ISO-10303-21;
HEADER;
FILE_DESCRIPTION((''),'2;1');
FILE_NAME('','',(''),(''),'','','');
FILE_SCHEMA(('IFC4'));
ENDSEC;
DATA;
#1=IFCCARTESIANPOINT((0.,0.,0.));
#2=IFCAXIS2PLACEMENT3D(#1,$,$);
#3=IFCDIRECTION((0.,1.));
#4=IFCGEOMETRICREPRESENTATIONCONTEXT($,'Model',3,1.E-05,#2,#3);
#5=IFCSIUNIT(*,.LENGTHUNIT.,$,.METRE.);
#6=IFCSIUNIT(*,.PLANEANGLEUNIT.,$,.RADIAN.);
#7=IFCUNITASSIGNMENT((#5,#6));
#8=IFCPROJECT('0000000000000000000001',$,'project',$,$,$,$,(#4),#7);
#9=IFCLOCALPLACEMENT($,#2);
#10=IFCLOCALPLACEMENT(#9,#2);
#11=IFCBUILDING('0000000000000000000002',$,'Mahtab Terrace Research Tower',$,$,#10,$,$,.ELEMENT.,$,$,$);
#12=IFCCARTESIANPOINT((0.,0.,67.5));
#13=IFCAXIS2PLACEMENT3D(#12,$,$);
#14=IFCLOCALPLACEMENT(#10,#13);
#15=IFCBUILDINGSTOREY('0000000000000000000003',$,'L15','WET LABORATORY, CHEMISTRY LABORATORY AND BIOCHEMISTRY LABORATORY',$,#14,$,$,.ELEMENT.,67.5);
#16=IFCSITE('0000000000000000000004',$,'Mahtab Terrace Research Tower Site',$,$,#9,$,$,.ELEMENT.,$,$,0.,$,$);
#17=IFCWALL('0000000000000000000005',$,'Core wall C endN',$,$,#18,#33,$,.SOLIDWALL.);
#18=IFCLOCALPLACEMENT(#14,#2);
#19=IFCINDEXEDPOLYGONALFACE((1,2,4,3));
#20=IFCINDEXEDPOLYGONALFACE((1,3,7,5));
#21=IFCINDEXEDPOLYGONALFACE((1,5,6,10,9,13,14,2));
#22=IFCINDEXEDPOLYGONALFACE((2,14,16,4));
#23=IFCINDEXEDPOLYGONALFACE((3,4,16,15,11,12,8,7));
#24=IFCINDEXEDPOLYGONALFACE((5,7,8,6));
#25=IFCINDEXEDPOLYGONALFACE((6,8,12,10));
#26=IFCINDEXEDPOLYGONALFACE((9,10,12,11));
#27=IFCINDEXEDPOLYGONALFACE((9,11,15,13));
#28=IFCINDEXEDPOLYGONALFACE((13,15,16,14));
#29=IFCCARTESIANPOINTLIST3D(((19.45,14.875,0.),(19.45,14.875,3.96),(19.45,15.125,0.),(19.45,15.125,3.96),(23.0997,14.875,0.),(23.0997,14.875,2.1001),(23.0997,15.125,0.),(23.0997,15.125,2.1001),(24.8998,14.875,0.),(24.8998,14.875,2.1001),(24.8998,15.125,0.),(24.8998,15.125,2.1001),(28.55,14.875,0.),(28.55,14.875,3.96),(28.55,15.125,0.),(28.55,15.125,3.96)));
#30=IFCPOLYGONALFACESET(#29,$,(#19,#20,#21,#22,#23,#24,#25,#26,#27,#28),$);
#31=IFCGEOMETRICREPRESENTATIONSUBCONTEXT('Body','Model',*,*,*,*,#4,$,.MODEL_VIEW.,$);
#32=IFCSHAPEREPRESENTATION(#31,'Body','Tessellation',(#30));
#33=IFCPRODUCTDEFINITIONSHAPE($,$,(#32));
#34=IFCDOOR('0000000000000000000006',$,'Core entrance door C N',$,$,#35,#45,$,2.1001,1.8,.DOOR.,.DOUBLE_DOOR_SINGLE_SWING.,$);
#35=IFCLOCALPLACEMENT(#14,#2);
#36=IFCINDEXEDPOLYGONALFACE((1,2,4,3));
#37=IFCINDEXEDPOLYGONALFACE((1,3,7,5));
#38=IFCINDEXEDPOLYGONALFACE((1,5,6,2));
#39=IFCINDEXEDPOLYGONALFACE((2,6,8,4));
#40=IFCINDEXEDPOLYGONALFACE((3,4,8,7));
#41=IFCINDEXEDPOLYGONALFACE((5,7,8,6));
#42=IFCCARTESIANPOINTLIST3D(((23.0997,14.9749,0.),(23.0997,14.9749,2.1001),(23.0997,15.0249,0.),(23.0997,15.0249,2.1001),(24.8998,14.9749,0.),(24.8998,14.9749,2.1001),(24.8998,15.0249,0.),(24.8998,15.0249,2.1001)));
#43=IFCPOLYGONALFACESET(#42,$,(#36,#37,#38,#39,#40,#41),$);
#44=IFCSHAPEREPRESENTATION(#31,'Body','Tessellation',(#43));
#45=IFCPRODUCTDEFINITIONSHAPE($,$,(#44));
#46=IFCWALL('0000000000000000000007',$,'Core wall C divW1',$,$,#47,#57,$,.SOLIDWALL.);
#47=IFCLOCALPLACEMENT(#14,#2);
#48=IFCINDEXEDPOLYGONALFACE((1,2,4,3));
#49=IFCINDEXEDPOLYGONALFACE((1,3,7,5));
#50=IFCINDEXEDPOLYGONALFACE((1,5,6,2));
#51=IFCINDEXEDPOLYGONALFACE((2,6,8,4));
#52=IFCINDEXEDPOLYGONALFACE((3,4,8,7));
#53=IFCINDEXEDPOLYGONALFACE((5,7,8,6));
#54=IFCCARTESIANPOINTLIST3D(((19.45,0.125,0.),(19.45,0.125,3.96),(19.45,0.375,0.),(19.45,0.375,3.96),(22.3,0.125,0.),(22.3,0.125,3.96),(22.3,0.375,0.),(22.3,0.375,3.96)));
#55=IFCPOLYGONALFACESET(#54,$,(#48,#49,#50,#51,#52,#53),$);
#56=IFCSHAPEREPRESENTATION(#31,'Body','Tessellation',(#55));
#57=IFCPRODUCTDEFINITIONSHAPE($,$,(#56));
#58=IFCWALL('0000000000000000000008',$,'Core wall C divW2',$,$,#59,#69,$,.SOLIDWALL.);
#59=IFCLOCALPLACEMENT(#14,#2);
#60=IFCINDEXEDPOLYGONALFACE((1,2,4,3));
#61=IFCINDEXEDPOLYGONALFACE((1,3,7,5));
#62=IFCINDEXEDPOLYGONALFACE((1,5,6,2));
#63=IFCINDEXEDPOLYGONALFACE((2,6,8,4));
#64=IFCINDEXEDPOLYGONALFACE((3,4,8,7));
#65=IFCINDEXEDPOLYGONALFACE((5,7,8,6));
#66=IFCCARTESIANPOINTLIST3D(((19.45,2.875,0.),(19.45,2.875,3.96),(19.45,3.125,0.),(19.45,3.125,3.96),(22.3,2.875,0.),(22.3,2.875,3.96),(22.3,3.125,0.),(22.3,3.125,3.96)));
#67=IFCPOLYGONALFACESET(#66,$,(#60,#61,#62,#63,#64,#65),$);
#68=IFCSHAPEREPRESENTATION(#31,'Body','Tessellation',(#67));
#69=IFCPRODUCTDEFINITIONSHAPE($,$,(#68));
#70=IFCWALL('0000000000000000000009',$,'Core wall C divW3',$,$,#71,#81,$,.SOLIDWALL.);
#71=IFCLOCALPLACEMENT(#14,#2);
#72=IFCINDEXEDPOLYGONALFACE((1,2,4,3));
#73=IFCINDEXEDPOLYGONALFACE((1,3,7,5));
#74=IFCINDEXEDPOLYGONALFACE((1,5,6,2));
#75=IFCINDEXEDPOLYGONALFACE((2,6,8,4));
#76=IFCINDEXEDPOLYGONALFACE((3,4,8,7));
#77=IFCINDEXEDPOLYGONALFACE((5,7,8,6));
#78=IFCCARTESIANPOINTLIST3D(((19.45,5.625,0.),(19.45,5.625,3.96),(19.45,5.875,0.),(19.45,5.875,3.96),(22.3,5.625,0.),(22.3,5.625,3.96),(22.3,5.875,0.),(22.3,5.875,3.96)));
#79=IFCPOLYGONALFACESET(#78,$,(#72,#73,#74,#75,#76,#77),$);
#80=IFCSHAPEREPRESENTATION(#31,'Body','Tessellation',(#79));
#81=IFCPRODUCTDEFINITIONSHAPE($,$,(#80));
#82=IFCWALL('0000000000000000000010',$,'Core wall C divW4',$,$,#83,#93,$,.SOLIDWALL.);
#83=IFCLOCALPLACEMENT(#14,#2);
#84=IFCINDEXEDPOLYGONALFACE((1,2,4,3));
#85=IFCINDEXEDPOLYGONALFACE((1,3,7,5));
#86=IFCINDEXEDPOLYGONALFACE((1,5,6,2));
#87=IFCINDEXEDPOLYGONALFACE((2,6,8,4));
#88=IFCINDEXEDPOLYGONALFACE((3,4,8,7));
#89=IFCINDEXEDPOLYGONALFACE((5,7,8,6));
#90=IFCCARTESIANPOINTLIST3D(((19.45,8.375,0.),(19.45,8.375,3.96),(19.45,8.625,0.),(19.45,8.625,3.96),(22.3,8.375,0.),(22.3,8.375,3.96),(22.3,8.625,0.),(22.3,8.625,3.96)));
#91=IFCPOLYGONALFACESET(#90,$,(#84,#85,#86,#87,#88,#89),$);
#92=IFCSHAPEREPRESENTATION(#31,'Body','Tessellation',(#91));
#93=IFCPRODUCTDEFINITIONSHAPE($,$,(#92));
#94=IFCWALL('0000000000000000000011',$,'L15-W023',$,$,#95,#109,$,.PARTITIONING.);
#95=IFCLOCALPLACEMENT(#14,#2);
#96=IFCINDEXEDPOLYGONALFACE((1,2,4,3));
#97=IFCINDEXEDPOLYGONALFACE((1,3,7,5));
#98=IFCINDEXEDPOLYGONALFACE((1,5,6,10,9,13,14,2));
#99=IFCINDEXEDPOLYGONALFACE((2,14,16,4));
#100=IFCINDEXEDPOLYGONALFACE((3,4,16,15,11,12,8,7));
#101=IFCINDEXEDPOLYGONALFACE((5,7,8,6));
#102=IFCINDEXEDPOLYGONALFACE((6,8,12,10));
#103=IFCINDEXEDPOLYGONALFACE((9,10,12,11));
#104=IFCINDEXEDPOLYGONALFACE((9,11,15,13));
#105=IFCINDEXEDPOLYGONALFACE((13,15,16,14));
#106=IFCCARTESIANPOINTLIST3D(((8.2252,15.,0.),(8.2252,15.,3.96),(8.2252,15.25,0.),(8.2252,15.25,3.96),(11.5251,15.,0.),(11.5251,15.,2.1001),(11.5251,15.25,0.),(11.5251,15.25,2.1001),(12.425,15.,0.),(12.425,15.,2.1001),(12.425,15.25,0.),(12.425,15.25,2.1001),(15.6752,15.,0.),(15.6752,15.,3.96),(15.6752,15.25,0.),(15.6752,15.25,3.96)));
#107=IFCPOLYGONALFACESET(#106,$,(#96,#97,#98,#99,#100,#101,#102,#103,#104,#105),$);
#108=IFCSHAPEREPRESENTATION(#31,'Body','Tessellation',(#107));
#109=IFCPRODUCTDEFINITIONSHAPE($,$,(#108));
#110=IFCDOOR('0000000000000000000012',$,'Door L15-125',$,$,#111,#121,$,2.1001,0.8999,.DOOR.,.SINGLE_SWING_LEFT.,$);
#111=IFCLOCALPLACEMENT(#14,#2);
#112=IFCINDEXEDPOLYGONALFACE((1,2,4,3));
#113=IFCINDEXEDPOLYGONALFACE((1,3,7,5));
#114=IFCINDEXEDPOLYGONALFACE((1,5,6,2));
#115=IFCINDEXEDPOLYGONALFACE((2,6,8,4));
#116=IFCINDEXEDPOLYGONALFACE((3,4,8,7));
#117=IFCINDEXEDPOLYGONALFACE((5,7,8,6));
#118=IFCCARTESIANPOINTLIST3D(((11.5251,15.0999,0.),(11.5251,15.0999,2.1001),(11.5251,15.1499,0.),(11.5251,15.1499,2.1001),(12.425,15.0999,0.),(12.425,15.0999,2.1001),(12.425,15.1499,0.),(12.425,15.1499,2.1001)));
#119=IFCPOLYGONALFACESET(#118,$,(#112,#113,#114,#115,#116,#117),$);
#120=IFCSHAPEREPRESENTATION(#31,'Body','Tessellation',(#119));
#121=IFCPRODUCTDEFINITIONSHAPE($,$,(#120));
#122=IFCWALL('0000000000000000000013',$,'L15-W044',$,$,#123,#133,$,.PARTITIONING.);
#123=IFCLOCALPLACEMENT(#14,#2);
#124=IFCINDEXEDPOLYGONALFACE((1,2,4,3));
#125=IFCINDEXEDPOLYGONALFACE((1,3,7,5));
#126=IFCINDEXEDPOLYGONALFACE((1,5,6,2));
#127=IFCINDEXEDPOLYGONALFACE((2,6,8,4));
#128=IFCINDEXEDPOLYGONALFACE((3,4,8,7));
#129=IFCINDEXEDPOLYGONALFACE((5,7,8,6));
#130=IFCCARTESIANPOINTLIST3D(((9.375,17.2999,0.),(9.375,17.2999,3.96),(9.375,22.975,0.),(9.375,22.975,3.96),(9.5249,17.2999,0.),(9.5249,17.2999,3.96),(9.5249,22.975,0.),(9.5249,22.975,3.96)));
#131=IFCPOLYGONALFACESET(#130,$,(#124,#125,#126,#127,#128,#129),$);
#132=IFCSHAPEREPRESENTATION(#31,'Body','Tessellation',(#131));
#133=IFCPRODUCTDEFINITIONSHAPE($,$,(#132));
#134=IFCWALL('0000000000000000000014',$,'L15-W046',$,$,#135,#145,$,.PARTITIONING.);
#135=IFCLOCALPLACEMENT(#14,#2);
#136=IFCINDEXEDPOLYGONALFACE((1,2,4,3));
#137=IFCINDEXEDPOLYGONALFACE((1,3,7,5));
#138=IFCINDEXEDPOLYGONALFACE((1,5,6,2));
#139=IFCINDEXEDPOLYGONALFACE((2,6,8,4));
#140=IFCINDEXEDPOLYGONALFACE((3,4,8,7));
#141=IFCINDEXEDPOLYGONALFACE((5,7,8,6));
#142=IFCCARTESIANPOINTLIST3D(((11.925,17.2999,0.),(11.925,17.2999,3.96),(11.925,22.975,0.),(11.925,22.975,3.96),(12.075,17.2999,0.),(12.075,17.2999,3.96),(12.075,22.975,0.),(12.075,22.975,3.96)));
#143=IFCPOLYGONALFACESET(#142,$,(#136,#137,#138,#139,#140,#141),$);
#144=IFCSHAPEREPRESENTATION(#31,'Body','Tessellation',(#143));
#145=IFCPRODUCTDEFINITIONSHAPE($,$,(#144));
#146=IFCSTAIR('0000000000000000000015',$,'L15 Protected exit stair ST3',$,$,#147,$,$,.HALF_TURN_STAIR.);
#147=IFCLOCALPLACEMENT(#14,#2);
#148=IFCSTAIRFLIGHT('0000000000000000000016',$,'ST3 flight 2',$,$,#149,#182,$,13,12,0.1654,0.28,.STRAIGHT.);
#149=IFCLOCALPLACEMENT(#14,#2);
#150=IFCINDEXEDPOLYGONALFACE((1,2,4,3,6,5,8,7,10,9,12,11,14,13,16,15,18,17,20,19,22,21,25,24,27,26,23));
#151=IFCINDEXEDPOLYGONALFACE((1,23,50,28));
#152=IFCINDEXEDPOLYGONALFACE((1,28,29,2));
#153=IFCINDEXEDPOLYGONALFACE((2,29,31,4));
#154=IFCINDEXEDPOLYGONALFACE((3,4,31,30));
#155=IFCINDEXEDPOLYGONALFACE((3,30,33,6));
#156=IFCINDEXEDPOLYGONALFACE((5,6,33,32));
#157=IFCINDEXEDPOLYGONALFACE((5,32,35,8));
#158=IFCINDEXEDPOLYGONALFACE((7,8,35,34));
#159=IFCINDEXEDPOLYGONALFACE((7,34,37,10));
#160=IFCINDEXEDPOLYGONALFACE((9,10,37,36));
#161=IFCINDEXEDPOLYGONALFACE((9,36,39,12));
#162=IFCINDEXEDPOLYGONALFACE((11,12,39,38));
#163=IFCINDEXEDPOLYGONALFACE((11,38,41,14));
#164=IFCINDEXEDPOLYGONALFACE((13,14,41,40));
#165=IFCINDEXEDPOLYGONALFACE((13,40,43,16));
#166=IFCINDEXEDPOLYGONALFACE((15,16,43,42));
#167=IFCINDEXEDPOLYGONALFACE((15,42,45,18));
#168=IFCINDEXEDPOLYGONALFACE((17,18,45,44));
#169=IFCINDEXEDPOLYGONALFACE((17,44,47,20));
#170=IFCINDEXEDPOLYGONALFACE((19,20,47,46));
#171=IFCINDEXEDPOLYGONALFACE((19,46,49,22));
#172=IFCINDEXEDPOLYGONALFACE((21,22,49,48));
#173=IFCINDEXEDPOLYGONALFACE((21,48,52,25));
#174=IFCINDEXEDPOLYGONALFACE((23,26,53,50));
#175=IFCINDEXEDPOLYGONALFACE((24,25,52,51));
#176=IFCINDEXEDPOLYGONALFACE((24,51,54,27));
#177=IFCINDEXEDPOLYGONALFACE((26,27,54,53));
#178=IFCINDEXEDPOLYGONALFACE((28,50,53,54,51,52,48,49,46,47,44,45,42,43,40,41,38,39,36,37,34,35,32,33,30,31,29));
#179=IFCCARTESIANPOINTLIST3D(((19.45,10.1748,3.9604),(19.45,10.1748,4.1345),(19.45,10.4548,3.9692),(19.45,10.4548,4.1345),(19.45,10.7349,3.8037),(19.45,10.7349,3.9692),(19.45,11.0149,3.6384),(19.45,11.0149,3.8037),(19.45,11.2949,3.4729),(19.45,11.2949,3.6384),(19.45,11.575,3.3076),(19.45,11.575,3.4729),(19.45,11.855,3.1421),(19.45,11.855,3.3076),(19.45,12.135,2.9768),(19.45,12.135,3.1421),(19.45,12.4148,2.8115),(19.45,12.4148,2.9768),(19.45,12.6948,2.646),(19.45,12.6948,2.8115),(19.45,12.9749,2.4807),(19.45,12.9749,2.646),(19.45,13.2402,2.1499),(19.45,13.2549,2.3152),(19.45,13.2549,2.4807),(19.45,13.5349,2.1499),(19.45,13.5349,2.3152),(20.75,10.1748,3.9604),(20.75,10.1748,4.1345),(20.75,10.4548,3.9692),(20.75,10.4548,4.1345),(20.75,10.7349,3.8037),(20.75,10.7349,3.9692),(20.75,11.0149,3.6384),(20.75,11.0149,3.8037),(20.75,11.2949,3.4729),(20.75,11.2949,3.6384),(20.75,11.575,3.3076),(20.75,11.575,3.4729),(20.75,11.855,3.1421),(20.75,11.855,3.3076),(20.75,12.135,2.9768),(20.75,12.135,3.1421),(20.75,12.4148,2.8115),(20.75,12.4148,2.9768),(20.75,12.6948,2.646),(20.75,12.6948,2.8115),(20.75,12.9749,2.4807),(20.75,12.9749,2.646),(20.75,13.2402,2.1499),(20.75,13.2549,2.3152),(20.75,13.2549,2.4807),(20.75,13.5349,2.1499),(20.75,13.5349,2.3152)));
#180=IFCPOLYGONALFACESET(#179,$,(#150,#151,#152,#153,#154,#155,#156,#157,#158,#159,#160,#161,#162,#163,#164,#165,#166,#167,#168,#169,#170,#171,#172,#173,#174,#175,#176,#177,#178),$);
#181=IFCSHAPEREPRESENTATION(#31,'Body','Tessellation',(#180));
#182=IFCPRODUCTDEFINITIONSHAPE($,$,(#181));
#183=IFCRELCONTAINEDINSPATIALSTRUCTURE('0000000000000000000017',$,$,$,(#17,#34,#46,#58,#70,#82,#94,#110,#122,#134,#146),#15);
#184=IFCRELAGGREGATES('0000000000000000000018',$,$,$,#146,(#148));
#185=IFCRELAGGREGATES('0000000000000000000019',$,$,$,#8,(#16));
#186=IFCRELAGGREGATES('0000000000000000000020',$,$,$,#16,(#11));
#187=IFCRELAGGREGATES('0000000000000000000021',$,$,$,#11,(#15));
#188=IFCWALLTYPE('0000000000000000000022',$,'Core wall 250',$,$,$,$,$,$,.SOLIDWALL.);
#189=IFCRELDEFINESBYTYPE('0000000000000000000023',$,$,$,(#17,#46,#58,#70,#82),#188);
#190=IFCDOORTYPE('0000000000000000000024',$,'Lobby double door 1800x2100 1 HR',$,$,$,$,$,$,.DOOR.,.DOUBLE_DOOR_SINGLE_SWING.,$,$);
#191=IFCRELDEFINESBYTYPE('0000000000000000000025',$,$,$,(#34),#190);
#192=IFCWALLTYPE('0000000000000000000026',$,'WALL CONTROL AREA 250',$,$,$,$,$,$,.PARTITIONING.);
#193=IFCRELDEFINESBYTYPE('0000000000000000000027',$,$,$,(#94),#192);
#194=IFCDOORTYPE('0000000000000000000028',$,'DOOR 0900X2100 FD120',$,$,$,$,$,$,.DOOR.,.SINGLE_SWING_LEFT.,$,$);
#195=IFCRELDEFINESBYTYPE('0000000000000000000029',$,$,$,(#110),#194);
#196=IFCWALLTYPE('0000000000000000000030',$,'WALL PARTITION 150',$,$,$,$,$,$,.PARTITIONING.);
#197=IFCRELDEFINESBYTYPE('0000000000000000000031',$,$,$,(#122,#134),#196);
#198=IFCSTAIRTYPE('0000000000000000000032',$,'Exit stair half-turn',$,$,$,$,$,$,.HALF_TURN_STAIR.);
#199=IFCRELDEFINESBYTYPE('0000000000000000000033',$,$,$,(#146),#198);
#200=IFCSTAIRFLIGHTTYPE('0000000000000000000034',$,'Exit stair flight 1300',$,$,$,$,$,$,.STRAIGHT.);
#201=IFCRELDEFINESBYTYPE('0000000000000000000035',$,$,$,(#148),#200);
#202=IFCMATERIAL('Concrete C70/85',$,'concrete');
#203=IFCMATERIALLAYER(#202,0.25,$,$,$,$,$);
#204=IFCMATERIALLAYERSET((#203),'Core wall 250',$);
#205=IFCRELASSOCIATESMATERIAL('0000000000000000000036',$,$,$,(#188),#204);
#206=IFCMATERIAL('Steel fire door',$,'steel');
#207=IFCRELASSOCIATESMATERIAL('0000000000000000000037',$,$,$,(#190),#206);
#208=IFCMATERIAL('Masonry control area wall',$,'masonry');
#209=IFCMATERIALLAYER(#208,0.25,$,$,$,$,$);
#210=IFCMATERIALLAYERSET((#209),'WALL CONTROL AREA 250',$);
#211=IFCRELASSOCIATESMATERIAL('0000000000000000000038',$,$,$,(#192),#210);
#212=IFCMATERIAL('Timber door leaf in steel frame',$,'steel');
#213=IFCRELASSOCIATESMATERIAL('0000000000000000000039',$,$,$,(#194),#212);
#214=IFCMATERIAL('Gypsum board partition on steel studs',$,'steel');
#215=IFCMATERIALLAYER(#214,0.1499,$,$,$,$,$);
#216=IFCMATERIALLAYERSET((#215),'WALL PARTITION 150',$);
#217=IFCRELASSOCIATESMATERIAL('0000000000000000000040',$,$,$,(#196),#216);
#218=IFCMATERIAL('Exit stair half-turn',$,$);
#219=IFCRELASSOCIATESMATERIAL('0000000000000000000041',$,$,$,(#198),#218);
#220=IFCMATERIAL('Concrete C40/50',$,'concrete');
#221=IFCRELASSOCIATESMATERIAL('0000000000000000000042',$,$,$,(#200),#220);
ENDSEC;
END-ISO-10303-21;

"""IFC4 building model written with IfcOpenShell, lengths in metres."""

from ifc_helpers import new_model, si_unit, direction, frame, frame_2d, origin, place, context, subcontext, project, spatial, polyline, rectangle, outline, extrude, material, layer, layer_set, type_object, element, fill, aggregate, save


model = new_model("IFC4")

# Units and contexts
model_context = context("Model", 3, precision=1e-05, world=origin(), true_north=direction((0.0, 1.0)))
body_context = subcontext(model_context, "Body", "Model", "MODEL_VIEW")
ifc_project = project(units=[si_unit("LENGTHUNIT", "METRE"), si_unit("PLANEANGLEUNIT", "RADIAN")], contexts=[model_context])

# Site, building, storey
site_placement = place(None, origin())
site = spatial("IfcSite", under=ifc_project, at=site_placement, Name="Mahtab Terrace Research Tower Site", CompositionType="ELEMENT", RefElevation=0.0)
building_placement = place(site_placement, origin())
building = spatial("IfcBuilding", under=site, at=building_placement, Name="Mahtab Terrace Research Tower", CompositionType="ELEMENT")
storey_placement = place(building_placement, frame((0.0, 0.0, 67.5)))
storey = spatial("IfcBuildingStorey", under=building, at=storey_placement, Name="L15", Description="WET LABORATORY, CHEMISTRY LABORATORY AND BIOCHEMISTRY LABORATORY", CompositionType="ELEMENT", Elevation=67.5)

# Shared definitions
ifc_material_1 = material(Name="Concrete C70/85", Category="concrete")

# Shared definitions
ifc_layer_1 = layer(ifc_material_1, 0.25)
ifc_layer_set_1 = layer_set([ifc_layer_1], Name="Core wall 250")
wall_type_1 = type_object("IfcWallType", Name="Core wall 250", PredefinedType="SOLIDWALL", material=ifc_layer_set_1)

# Wall, opening, door
wall_1_placement = place(storey_placement, frame((19.45, 15.0, 0.0), z_axis=(0.0, 0.0, 1.0), x_axis=(1.0, 0.0, 0.0)))
wall_1 = element("IfcWall", 1, at=wall_1_placement, inside=storey, type_object=wall_type_1, Name="Core wall C endN", PredefinedType="SOLIDWALL", context=body_context, shape_type="SweptSolid", body=[
    extrude(rectangle(XDim=9.1001, YDim=0.25, at=frame_2d((4.55, 0.0))), origin(), (0.0, 0.0, 1.0), 3.96),
])
opening_1_placement = place(wall_1_placement, frame((3.6499, 0.0, 0.0)))
opening_1 = element("IfcOpeningElement", 2, at=opening_1_placement, cuts=wall_1, PredefinedType="OPENING", context=body_context, shape_type="SweptSolid", body=[
    extrude(rectangle(XDim=1.8, YDim=2.1001, at=frame_2d((0.8999, 1.05))), frame((0.0, 0.135, 0.0), z_axis=(0.0, -1.0, 0.0), x_axis=(1.0, 0.0, 0.0)), (0.0, 0.0, 1.0), 0.27),
])
ifc_material_2 = material(Name="Steel fire door", Category="steel")
door_type_1 = type_object("IfcDoorType", Name="Lobby double door 1800x2100 1 HR", OperationType="DOUBLE_DOOR_SINGLE_SWING", PredefinedType="DOOR", material=ifc_material_2)
door_1_placement = place(opening_1_placement, origin())
door_1 = element("IfcDoor", 3, at=door_1_placement, inside=storey, type_object=door_type_1, Name="Core entrance door C N", OperationType="DOUBLE_DOOR_SINGLE_SWING", OverallHeight=2.1001, OverallWidth=1.8, PredefinedType="DOOR", context=body_context, shape_type="SweptSolid", body=[
    extrude(rectangle(XDim=1.8, YDim=2.1001, at=frame_2d((0.8999, 1.05))), frame((0.0, 0.0249, 0.0), z_axis=(0.0, -1.0, 0.0), x_axis=(1.0, 0.0, 0.0)), (0.0, 0.0, 1.0), 0.05),
])
fill(opening_1, door_1)

# Walls
for number, where, z_axis, x_axis, name in (
    (4, (19.45, 0.25, 0.0), (0.0, 0.0, 1.0), (1.0, 0.0, 0.0), "Core wall C divW1"),
    (5, (19.45, 3.0, 0.0), (0.0, 0.0, 1.0), (1.0, 0.0, 0.0), "Core wall C divW2"),
    (6, (19.45, 5.75, 0.0), (0.0, 0.0, 1.0), (1.0, 0.0, 0.0), "Core wall C divW3"),
    (7, (19.45, 8.5, 0.0), (0.0, 0.0, 1.0), (1.0, 0.0, 0.0), "Core wall C divW4"),
):
    element("IfcWall", number, at=place(storey_placement, frame(where, z_axis=z_axis, x_axis=x_axis)), inside=storey, type_object=wall_type_1, Name=name, PredefinedType="SOLIDWALL", context=body_context, shape_type="SweptSolid", body=[
        extrude(rectangle(XDim=2.8501, YDim=0.25, at=frame_2d((1.425, 0.0))), origin(), (0.0, 0.0, 1.0), 3.96),
    ])

# Wall, opening, door
ifc_material_3 = material(Name="Masonry control area wall", Category="masonry")
ifc_layer_2 = layer(ifc_material_3, 0.25)
ifc_layer_set_2 = layer_set([ifc_layer_2], Name="WALL CONTROL AREA 250")
wall_type_2 = type_object("IfcWallType", Name="WALL CONTROL AREA 250", PredefinedType="PARTITIONING", material=ifc_layer_set_2)
wall_2_placement = place(storey_placement, frame((8.2251, 15.125, 0.0), z_axis=(0.0, 0.0, 1.0), x_axis=(1.0, 0.0, 0.0)))
wall_2 = element("IfcWall", 8, at=wall_2_placement, inside=storey, type_object=wall_type_2, Name="L15-W023", PredefinedType="PARTITIONING", context=body_context, shape_type="SweptSolid", body=[
    extrude(rectangle(XDim=7.45, YDim=0.25, at=frame_2d((3.7251, 0.0))), origin(), (0.0, 0.0, 1.0), 3.96),
])
opening_2_placement = place(wall_2_placement, frame((3.3, 0.0, 0.0)))
opening_2 = element("IfcOpeningElement", 9, at=opening_2_placement, cuts=wall_2, PredefinedType="OPENING", context=body_context, shape_type="SweptSolid", body=[
    extrude(rectangle(XDim=0.8999, YDim=2.1001, at=frame_2d((0.45, 1.05))), frame((0.0, 0.135, 0.0), z_axis=(0.0, -1.0, 0.0), x_axis=(1.0, 0.0, 0.0)), (0.0, 0.0, 1.0), 0.27),
])
ifc_material_4 = material(Name="Timber door leaf in steel frame", Category="steel")
door_type_2 = type_object("IfcDoorType", Name="DOOR 0900X2100 FD120", OperationType="SINGLE_SWING_LEFT", PredefinedType="DOOR", material=ifc_material_4)
door_2_placement = place(opening_2_placement, origin())
door_2 = element("IfcDoor", 10, at=door_2_placement, inside=storey, type_object=door_type_2, Name="Door L15-125", OperationType="SINGLE_SWING_LEFT", OverallHeight=2.1001, OverallWidth=0.8999, PredefinedType="DOOR", context=body_context, shape_type="SweptSolid", body=[
    extrude(rectangle(XDim=0.8999, YDim=2.1001, at=frame_2d((0.45, 1.05))), frame((0.0, 0.0249, 0.0), z_axis=(0.0, -1.0, 0.0), x_axis=(1.0, 0.0, 0.0)), (0.0, 0.0, 1.0), 0.05),
])
fill(opening_2, door_2)

# Walls
ifc_material_5 = material(Name="Gypsum board partition on steel studs", Category="steel")
ifc_layer_3 = layer(ifc_material_5, 0.1499)
ifc_layer_set_3 = layer_set([ifc_layer_3], Name="WALL PARTITION 150")
wall_type_3 = type_object("IfcWallType", Name="WALL PARTITION 150", PredefinedType="PARTITIONING", material=ifc_layer_set_3)
for number, where, z_axis, x_axis, name in (
    (11, (9.45, 17.3, 0.0), (0.0, 0.0, 1.0), (0.0, 1.0, 0.0), "L15-W044"),
    (12, (12.0, 17.3, 0.0), (0.0, 0.0, 1.0), (0.0, 1.0, 0.0), "L15-W046"),
):
    element("IfcWall", number, at=place(storey_placement, frame(where, z_axis=z_axis, x_axis=x_axis)), inside=storey, type_object=wall_type_3, Name=name, PredefinedType="PARTITIONING", context=body_context, shape_type="SweptSolid", body=[
        extrude(rectangle(XDim=5.675, YDim=0.1499, at=frame_2d((2.8374, 0.0))), origin(), (0.0, 0.0, 1.0), 3.96),
    ])

# Stair, stair flight
ifc_material_6 = material(Name="Exit stair half-turn")
stair_type = type_object("IfcStairType", Name="Exit stair half-turn", PredefinedType="HALF_TURN_STAIR", material=ifc_material_6)
stair_placement = place(storey_placement, origin())
stair = element("IfcStair", 13, at=stair_placement, inside=storey, type_object=stair_type, Name="L15 Protected exit stair ST3", PredefinedType="HALF_TURN_STAIR")
ifc_material_7 = material(Name="Concrete C40/50", Category="concrete")
stair_flight_type = type_object("IfcStairFlightType", Name="Exit stair flight 1300", PredefinedType="STRAIGHT", material=ifc_material_7)
stair_flight_placement = place(storey_placement, frame((20.1001, 13.5349, 2.1499), z_axis=(0.0, 0.0, 1.0), x_axis=(0.0, -1.0, 0.0)))
stair_flight = element("IfcStairFlight", 14, at=stair_flight_placement, type_object=stair_flight_type, Name="ST3 flight 2", NumberOfRisers=13, NumberOfTreads=12, PredefinedType="STRAIGHT", RiserHeight=0.1654, TreadLength=0.28, context=body_context, shape_type="SweptSolid", body=[
    extrude(outline(polyline([(0.0, 0.0), (0.0, 0.1653), (0.28, 0.1653), (0.28, 0.3308), (0.5601, 0.3308), (0.5601, 0.4961), (0.8401, 0.4961), (0.8401, 0.6616), (1.1201, 0.6616), (1.1201, 0.8269), (1.3999, 0.8269), (1.3999, 0.9922), (1.6799, 0.9922), (1.6799, 1.1577), (1.96, 1.1577), (1.96, 1.323), (2.24, 1.323), (2.24, 1.4885), (2.52, 1.4885), (2.52, 1.6538), (2.8, 1.6538), (2.8, 1.8193), (3.0801, 1.8193), (3.0801, 1.9846), (3.3601, 1.9846), (3.3601, 2.1499), (3.3601, 1.8105), (0.2947, 0.0), (0.0, 0.0)])), frame((0.0, 0.6499, 0.0), z_axis=(0.0, -1.0, 0.0), x_axis=(1.0, 0.0, 0.0)), (0.0, 0.0, 1.0), 1.3),
])
aggregate(stair, [stair_flight])

save(model, "model.ifc")
